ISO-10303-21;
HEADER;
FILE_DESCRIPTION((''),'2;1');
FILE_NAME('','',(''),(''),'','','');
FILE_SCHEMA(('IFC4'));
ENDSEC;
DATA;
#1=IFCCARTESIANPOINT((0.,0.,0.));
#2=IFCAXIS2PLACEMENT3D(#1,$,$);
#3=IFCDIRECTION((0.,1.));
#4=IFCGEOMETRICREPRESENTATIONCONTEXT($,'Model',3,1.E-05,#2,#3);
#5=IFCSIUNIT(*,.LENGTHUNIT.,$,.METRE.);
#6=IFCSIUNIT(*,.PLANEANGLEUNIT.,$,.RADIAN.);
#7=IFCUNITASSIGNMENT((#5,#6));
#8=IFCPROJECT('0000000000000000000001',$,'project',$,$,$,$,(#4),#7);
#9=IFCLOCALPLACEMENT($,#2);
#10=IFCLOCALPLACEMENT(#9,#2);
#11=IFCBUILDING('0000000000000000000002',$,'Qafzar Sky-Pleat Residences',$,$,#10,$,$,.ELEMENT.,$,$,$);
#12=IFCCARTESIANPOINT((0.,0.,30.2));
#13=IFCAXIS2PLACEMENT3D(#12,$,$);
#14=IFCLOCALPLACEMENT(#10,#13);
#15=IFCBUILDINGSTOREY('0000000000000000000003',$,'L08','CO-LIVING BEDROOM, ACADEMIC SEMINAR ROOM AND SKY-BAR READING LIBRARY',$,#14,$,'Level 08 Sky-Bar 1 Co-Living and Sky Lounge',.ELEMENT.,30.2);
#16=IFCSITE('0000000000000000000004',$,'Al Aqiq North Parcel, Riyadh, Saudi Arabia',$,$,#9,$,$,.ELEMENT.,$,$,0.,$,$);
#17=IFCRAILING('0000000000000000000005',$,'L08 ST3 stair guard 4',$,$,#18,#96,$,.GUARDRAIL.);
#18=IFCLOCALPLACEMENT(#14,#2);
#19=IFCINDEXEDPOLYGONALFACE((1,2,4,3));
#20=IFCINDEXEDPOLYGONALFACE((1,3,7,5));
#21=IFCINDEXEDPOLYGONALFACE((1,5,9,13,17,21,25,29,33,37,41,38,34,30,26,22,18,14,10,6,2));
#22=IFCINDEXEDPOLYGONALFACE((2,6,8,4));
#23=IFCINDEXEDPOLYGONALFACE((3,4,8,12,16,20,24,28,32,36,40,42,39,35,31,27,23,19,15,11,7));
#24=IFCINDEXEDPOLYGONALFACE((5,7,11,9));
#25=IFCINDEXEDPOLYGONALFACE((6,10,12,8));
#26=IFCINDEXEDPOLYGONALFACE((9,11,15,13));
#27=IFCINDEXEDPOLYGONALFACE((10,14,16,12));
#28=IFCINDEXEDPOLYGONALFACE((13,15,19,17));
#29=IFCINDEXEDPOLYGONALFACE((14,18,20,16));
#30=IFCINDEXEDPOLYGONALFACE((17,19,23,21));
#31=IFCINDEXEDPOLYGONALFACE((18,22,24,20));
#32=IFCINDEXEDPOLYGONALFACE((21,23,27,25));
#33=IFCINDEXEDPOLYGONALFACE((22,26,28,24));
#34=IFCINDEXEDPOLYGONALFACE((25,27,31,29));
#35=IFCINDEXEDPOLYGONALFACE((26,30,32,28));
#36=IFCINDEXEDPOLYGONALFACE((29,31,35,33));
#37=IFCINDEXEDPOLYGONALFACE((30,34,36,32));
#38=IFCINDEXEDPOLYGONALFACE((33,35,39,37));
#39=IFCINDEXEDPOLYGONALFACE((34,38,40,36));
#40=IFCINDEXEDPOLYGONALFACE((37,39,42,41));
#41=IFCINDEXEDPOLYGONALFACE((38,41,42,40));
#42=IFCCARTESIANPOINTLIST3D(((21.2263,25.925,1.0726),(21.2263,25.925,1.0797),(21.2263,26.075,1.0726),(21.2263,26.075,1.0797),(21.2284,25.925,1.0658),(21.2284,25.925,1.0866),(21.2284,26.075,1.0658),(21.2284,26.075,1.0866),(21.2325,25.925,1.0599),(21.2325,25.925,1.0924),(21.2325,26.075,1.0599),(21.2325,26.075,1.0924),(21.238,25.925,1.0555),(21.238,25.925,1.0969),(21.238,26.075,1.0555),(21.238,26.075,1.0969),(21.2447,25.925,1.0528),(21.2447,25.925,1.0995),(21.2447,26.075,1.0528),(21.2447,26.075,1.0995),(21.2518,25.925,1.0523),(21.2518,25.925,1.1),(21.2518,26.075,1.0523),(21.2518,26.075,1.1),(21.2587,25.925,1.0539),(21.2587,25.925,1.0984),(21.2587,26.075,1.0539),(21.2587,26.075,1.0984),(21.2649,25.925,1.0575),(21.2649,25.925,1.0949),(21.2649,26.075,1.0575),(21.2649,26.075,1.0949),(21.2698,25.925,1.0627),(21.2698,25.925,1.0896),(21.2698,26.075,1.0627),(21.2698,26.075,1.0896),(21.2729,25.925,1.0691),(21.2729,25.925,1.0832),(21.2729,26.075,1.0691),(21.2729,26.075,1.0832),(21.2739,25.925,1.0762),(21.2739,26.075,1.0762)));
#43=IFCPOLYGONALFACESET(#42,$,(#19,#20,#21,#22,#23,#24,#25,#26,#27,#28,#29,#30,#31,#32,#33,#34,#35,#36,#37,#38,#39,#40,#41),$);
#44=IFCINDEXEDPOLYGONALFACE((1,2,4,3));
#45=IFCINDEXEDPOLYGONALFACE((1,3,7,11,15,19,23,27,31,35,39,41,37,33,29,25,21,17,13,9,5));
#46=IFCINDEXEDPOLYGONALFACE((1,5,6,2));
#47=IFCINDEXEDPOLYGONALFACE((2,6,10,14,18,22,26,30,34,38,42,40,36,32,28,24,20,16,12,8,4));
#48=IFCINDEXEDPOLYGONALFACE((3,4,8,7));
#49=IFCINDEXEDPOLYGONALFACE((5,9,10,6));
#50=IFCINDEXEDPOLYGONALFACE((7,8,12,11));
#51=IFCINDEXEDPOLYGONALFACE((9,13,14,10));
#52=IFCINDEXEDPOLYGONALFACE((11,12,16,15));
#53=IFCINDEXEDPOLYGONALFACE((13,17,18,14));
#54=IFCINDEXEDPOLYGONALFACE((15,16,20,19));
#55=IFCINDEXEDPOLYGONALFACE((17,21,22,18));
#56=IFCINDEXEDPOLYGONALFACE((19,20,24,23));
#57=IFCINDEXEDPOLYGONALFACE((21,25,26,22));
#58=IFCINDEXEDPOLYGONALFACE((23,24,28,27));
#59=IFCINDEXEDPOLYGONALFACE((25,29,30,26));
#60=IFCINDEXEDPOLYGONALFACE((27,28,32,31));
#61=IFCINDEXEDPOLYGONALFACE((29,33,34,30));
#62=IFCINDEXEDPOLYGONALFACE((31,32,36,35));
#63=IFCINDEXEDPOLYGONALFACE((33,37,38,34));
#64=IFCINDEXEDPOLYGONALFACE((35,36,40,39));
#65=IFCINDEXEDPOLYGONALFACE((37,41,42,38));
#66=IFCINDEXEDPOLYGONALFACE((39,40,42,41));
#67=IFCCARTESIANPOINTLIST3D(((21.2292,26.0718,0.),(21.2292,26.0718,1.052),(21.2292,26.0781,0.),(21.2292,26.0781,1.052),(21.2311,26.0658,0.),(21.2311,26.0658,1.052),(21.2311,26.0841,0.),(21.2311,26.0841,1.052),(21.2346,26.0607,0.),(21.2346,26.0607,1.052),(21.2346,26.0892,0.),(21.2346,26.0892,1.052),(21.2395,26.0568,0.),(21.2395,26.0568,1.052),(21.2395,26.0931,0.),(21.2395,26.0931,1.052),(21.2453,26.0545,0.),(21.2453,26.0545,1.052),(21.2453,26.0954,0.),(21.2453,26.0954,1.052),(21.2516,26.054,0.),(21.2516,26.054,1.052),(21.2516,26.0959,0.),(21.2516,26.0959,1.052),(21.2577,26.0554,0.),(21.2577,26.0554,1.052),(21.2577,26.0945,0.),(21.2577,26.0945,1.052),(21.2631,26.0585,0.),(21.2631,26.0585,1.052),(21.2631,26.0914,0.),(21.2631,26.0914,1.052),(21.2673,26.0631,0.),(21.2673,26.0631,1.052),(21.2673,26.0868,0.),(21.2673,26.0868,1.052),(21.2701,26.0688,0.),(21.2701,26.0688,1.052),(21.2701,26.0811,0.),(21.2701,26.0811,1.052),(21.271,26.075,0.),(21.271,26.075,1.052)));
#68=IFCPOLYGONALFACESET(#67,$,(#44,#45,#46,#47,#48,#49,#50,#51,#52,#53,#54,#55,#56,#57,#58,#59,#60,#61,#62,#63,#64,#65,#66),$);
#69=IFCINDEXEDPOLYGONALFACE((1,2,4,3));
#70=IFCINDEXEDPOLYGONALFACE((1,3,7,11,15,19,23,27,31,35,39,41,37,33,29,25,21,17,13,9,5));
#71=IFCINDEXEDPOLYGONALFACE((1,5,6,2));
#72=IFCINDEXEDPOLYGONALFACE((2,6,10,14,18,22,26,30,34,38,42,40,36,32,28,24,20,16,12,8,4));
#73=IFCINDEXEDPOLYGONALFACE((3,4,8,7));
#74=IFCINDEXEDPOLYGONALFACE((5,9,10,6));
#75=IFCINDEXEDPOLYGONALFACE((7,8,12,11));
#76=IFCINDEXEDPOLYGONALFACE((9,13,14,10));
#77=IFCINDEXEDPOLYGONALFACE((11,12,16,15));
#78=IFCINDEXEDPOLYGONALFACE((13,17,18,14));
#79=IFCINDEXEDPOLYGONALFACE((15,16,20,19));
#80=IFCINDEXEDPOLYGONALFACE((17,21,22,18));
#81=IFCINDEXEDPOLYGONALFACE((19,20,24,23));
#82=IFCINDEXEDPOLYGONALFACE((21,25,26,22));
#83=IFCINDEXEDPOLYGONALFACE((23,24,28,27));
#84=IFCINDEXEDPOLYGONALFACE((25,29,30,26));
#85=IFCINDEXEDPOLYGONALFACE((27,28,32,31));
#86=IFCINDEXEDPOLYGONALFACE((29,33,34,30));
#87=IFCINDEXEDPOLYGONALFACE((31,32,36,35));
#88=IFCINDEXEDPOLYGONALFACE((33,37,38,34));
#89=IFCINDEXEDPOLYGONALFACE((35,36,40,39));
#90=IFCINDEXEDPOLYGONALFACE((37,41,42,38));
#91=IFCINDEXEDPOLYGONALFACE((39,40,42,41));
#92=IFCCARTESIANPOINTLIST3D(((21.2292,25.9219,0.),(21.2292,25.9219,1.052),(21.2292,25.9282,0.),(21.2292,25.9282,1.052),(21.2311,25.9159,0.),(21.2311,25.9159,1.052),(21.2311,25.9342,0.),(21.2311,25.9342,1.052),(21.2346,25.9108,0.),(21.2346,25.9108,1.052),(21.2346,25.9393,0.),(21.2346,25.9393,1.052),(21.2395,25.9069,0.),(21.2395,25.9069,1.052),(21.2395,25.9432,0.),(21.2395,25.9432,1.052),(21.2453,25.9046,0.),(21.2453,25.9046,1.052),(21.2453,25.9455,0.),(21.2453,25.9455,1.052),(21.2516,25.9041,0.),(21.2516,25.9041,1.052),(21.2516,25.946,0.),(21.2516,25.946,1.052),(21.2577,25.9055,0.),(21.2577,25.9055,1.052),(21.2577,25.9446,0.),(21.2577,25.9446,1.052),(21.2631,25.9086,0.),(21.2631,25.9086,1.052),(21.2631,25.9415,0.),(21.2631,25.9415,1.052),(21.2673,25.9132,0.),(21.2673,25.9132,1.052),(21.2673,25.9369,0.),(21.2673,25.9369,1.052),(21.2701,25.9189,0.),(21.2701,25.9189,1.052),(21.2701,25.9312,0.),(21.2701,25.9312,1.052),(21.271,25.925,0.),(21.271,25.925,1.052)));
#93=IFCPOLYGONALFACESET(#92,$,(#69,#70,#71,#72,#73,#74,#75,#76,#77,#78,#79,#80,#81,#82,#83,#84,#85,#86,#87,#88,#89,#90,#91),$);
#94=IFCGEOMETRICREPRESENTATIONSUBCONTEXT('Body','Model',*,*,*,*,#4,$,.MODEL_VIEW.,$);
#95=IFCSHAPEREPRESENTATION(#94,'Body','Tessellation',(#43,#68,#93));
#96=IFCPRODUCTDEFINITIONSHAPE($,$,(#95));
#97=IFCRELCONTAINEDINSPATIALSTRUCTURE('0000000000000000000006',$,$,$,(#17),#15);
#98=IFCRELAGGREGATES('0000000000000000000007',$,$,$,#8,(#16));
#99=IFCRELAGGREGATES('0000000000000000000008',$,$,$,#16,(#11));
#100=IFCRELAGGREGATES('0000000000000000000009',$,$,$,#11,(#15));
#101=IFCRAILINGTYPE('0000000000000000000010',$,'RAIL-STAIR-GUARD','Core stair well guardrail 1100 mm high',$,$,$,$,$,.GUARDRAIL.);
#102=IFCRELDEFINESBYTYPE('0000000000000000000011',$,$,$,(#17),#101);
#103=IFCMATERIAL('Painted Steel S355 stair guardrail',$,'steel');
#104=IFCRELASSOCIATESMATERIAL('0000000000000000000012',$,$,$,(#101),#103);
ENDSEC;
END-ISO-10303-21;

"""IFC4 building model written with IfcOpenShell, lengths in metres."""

from ifc_helpers import new_model, si_unit, direction, frame, origin, origin_2d, place, context, subcontext, project, spatial, circle, extrude, source, transform, mapped, material, type_object, element, save


model = new_model("IFC4")

# Units and contexts
model_context = context("Model", 3, precision=1e-05, world=origin(), true_north=direction((0.0, 1.0)))
body_context = subcontext(model_context, "Body", "Model", "MODEL_VIEW")
ifc_project = project(units=[si_unit("LENGTHUNIT", "METRE"), si_unit("PLANEANGLEUNIT", "RADIAN")], contexts=[model_context])

# Site, building, storey
site_placement = place(None, origin())
site = spatial("IfcSite", under=ifc_project, at=site_placement, Name="Al Aqiq North Parcel, Riyadh, Saudi Arabia", CompositionType="ELEMENT", RefElevation=0.0)
building_placement = place(site_placement, origin())
building = spatial("IfcBuilding", under=site, at=building_placement, Name="Qafzar Sky-Pleat Residences", CompositionType="ELEMENT")
storey_placement = place(building_placement, frame((0.0, 0.0, 30.2)))
storey = spatial("IfcBuildingStorey", under=building, at=storey_placement, Name="L08", Description="CO-LIVING BEDROOM, ACADEMIC SEMINAR ROOM AND SKY-BAR READING LIBRARY", LongName="Level 08 Sky-Bar 1 Co-Living and Sky Lounge", CompositionType="ELEMENT", Elevation=30.2)

# Railing
ifc_material_1 = material(Name="Painted Steel S355 stair guardrail", Category="steel")
railing_type = type_object("IfcRailingType", Name="RAIL-STAIR-GUARD", Description="Core stair well guardrail 1100 mm high", PredefinedType="GUARDRAIL", material=ifc_material_1)
shared_shape_1 = source(origin(), body_context, "Body", "SweptSolid", [
    extrude(circle(Radius=0.0239, at=origin_2d()), frame((0.0, 0.0, 1.0762), z_axis=(0.0, -1.0, 0.0), x_axis=(1.0, 0.0, 0.0)), (0.0, 0.0, 1.0), 0.1499),
    extrude(circle(Radius=0.021, at=origin_2d()), origin(), (0.0, 0.0, 1.0), 1.052),
    extrude(circle(Radius=0.021, at=origin_2d()), frame((0.0, -0.1499, 0.0)), (0.0, 0.0, 1.0), 1.052),
])
railing_1_placement = place(storey_placement, frame((21.25, 26.075, 0.0)))
element("IfcRailing", 1, at=railing_1_placement, inside=storey, type_object=railing_type, Name="L08 ST3 stair guard 4", PredefinedType="GUARDRAIL", context=body_context, shape_type="MappedRepresentation", body=[
    mapped(shared_shape_1, transform((0.0, 0.0, 0.0), x_axis=(1.0, 0.0, 0.0), y_axis=(0.0, 1.0, 0.0), z_axis=(0.0, 0.0, 1.0), scale=1.0)),
])

save(model, "model.ifc")
